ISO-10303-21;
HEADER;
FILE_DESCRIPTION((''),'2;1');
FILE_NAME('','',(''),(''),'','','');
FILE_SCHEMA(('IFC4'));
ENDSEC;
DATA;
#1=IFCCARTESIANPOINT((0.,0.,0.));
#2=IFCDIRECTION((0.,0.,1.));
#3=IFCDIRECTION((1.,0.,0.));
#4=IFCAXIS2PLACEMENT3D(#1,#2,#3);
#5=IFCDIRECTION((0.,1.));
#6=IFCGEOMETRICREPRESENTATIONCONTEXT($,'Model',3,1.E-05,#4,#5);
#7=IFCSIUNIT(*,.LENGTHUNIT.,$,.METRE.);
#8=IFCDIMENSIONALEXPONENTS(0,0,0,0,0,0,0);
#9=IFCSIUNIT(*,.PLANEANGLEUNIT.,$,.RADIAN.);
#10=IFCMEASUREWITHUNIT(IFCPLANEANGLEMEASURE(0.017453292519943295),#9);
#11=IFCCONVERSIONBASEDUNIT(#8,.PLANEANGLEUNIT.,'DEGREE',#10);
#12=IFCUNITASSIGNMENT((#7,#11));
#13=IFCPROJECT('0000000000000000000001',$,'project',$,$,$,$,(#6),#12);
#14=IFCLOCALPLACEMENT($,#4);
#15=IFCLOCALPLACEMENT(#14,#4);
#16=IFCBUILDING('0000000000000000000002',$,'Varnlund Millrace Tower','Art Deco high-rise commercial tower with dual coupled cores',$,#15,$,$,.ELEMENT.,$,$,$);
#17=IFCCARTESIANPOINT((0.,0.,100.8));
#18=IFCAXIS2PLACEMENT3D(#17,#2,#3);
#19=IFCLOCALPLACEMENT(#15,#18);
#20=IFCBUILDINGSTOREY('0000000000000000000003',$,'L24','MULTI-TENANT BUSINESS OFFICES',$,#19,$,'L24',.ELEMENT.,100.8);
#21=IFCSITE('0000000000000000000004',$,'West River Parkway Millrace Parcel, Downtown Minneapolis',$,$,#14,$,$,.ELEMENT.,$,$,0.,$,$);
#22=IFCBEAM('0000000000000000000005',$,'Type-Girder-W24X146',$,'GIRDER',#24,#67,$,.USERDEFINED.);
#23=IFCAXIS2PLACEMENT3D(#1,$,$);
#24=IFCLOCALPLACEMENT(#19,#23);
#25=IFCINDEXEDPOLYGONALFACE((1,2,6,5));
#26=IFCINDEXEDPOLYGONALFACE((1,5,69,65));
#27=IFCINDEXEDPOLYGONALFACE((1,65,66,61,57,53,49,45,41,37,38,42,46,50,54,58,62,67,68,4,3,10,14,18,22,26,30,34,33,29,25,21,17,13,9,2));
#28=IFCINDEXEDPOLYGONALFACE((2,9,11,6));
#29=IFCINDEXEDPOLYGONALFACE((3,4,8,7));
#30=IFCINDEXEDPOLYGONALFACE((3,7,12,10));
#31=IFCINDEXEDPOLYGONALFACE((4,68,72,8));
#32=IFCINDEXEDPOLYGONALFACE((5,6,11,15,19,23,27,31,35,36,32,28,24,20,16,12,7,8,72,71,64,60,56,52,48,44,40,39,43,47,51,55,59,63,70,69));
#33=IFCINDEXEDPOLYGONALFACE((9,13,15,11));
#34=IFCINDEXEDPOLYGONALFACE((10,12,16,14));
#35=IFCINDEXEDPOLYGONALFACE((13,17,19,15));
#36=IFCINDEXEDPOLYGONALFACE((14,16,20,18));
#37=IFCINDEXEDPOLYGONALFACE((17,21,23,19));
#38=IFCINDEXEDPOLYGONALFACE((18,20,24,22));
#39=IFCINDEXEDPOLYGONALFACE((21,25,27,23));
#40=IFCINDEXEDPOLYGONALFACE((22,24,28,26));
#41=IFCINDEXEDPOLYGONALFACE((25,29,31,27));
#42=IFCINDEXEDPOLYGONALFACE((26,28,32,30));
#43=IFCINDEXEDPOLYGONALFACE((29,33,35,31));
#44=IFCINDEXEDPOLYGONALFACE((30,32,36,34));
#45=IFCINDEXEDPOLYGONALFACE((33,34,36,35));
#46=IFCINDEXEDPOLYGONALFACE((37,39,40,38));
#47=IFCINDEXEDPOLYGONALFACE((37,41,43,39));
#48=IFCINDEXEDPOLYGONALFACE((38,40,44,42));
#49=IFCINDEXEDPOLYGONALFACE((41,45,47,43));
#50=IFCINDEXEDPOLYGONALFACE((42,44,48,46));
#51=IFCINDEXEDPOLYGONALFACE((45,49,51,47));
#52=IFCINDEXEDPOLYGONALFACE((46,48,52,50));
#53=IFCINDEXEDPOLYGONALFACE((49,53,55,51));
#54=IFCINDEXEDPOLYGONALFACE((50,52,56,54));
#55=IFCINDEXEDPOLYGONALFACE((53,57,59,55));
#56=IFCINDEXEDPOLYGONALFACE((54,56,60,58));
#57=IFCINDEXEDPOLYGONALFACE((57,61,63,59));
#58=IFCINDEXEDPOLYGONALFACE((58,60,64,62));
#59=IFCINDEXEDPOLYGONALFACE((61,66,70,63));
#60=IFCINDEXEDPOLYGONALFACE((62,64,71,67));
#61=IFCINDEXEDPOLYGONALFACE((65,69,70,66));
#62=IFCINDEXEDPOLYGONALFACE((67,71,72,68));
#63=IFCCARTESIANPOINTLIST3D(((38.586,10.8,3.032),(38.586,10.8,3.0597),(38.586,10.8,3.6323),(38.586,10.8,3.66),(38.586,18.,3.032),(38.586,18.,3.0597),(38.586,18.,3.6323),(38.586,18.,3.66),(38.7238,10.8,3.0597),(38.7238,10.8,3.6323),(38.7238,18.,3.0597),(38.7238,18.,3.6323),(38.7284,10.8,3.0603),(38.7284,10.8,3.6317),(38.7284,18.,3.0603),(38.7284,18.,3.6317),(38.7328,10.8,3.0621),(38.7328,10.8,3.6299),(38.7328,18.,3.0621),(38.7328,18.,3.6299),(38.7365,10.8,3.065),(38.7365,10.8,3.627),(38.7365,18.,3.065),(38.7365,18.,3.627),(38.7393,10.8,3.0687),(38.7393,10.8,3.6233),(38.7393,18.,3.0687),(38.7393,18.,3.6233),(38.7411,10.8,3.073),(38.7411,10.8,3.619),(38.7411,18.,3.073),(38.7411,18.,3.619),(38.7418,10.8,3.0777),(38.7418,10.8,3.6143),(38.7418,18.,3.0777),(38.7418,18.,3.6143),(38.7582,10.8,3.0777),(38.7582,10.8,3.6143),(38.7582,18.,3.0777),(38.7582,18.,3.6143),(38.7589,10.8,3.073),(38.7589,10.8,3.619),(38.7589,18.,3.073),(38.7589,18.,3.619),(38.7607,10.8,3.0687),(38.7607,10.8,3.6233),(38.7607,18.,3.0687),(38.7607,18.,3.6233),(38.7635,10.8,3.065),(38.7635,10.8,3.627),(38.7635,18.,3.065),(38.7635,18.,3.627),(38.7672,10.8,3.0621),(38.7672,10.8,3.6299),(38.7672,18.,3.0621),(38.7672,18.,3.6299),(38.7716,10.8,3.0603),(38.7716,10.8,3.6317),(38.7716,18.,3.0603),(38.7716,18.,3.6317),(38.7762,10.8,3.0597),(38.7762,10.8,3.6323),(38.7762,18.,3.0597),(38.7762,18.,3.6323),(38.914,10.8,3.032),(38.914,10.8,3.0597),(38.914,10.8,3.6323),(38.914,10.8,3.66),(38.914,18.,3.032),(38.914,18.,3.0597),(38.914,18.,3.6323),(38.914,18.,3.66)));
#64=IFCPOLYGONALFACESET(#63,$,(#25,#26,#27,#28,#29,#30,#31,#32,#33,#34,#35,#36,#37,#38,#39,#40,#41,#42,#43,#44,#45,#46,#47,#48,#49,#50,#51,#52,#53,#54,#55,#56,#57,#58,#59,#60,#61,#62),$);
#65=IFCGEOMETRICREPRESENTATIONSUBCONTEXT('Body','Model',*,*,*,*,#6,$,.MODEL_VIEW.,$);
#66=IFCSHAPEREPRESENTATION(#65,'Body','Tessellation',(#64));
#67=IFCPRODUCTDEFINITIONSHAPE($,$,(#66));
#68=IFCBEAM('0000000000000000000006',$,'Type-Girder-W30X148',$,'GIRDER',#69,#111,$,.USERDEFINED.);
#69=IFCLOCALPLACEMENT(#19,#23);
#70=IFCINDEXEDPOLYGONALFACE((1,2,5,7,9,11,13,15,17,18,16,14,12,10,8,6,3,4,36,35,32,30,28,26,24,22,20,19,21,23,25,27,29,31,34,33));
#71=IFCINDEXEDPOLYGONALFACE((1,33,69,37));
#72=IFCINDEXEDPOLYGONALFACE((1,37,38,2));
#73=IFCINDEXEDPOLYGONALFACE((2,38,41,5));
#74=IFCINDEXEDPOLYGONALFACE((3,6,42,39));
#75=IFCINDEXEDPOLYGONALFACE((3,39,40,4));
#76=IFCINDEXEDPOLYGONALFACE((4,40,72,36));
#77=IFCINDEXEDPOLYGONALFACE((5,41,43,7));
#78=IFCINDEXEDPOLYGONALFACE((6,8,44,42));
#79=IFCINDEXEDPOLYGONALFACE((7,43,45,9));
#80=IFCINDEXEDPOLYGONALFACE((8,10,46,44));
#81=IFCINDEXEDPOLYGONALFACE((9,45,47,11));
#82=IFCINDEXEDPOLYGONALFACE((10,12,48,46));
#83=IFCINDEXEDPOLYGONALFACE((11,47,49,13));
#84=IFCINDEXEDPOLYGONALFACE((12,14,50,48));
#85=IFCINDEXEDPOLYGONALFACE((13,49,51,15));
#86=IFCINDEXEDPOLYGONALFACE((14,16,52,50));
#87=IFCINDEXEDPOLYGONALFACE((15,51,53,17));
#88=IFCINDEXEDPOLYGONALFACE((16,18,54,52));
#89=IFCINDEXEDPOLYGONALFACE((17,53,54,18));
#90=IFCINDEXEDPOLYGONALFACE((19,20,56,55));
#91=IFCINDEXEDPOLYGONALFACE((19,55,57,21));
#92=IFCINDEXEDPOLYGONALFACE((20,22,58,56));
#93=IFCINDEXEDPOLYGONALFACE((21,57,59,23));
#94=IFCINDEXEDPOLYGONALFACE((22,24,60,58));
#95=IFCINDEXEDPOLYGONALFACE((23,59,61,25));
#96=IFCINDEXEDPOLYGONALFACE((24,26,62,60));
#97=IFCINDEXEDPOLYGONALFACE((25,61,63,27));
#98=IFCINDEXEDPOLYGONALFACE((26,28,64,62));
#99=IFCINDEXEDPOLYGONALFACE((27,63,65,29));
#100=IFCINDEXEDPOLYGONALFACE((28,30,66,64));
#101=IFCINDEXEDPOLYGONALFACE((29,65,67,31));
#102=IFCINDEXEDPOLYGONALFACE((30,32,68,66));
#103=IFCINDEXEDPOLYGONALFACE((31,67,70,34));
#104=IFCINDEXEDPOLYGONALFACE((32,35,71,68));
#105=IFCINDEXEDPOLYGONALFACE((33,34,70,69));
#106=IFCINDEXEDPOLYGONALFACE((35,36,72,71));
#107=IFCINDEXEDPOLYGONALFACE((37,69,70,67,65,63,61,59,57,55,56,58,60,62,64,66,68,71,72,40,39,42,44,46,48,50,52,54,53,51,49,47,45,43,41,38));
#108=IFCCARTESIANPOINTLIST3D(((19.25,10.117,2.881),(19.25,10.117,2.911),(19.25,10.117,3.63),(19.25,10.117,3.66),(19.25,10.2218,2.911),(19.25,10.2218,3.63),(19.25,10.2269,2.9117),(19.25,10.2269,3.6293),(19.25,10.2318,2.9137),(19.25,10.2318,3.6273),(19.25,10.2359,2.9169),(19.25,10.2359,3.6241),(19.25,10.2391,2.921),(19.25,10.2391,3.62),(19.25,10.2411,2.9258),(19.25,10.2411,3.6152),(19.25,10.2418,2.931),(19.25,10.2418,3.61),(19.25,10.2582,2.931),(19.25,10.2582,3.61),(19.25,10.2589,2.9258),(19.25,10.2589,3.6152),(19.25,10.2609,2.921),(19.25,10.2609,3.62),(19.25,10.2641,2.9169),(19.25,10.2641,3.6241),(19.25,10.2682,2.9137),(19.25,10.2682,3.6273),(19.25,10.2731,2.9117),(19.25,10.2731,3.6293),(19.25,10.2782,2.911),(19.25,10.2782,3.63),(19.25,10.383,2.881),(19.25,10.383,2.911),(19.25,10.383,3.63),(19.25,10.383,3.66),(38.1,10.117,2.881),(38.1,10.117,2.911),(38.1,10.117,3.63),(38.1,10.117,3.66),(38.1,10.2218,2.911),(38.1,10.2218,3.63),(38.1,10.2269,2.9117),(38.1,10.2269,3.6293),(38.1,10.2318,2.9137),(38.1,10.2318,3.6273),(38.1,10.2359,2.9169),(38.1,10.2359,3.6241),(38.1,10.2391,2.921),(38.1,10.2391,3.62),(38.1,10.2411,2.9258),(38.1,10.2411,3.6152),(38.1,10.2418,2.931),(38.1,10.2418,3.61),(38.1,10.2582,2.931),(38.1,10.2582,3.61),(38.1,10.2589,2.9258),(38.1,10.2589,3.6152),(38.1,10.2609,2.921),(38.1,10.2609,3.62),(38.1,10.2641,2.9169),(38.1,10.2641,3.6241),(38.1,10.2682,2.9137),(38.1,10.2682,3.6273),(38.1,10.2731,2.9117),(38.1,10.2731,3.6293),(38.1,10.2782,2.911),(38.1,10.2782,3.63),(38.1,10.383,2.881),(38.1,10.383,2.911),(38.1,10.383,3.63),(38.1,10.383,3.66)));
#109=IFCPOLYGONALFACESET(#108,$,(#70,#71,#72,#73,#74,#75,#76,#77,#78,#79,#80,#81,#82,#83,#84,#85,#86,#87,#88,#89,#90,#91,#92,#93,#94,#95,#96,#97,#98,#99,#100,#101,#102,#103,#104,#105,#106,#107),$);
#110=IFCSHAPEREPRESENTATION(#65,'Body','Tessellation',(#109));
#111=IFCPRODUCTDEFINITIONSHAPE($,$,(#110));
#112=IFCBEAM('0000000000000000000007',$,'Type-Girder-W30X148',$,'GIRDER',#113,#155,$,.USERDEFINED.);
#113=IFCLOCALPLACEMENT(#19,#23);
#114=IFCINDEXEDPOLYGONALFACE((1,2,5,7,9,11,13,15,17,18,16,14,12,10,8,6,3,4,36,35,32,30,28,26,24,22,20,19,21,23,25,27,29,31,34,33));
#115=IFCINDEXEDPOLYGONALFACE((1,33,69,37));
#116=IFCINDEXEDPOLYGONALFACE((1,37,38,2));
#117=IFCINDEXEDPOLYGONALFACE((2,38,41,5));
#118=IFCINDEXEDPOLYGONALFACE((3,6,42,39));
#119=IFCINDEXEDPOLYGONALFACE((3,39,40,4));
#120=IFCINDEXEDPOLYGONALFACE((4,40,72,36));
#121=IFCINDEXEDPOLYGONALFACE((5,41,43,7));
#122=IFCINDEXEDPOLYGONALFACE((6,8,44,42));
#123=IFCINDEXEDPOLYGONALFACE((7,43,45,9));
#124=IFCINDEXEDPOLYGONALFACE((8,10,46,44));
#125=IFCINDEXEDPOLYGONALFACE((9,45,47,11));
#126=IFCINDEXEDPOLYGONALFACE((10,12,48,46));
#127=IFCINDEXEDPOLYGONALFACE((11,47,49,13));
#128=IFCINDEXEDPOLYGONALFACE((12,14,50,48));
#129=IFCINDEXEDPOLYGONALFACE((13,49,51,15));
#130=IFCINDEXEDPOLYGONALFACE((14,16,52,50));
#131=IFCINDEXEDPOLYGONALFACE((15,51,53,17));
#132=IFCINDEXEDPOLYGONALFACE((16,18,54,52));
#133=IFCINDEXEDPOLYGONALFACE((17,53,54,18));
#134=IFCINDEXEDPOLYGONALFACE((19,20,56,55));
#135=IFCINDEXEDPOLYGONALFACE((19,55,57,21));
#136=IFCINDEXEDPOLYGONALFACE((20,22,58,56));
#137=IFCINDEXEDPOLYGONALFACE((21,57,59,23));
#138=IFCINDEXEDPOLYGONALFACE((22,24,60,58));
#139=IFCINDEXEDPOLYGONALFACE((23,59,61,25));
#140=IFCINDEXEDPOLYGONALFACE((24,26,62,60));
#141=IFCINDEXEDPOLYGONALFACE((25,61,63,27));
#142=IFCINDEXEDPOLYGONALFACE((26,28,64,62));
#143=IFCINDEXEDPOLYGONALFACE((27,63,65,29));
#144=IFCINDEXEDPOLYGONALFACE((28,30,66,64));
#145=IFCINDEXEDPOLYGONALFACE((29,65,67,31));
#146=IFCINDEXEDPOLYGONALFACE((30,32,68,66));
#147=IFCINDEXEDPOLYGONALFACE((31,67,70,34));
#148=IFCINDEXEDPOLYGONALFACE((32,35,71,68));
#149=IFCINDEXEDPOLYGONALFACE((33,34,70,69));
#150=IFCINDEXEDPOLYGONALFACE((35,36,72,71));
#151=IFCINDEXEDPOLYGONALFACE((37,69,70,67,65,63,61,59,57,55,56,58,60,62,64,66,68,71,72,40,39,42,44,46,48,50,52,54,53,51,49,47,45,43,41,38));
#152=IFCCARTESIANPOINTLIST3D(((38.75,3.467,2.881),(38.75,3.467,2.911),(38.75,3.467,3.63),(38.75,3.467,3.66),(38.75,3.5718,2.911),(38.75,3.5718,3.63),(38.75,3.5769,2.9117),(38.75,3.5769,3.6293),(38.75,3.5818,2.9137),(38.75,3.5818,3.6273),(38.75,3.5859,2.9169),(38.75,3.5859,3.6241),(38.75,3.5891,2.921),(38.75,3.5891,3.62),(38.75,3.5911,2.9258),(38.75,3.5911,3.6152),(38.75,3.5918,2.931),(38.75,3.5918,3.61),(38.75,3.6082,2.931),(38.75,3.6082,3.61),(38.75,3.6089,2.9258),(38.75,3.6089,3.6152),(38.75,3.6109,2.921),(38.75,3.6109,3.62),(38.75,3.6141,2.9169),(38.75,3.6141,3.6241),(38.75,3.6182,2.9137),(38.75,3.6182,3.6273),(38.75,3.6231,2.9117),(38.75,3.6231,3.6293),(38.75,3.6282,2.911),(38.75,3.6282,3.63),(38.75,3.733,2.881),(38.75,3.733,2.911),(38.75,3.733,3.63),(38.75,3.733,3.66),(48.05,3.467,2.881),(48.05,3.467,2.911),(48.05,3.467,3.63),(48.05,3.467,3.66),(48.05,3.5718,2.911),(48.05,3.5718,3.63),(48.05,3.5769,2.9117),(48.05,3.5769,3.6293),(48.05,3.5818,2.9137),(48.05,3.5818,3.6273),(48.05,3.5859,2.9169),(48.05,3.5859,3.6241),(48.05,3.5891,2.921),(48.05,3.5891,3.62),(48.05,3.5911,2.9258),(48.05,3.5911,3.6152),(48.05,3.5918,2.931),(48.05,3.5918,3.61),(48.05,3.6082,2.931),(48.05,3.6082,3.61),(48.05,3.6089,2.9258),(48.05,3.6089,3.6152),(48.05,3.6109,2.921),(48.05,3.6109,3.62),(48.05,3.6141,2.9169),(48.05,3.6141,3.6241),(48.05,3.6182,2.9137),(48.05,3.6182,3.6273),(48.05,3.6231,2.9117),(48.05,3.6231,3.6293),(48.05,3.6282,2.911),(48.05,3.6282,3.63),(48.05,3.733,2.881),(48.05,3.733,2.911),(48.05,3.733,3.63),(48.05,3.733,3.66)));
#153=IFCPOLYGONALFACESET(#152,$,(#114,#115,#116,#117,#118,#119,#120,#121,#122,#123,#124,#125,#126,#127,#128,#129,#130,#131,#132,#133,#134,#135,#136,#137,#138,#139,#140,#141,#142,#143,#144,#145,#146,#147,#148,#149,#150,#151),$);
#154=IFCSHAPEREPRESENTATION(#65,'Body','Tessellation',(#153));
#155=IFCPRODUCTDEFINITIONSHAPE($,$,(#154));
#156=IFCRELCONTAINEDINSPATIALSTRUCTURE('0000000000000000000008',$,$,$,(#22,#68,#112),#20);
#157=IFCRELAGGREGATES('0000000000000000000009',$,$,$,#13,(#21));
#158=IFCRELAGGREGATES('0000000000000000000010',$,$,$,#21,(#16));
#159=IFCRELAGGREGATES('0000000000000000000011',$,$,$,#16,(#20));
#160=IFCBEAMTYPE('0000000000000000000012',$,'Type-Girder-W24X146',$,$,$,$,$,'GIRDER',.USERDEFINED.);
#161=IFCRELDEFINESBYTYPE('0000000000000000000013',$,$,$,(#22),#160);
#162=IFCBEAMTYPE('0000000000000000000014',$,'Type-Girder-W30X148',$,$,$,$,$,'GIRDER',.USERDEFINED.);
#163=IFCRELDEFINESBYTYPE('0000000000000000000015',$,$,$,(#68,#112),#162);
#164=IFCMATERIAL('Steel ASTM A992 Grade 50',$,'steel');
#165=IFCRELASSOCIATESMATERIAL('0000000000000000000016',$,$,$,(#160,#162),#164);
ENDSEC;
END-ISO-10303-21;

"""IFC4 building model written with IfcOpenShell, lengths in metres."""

from ifc_helpers import new_model, entity, si_unit, converted_unit, direction, frame, origin_with_axes, origin_2d_with_axis, place, context, subcontext, project, spatial, i_section, extrude, material, material_profile, profile_set, type_object, element, save


model = new_model("IFC4")

# Units and contexts
model_context = context("Model", 3, precision=1e-05, world=origin_with_axes(), true_north=direction((0.0, 1.0)))
body_context = subcontext(model_context, "Body", "Model", "MODEL_VIEW")
ifc_project = project(units=[si_unit("LENGTHUNIT", "METRE"), converted_unit("PLANEANGLEUNIT", "DEGREE", entity("IfcPlaneAngleMeasure", 0.017453292519943295), si_unit("PLANEANGLEUNIT", "RADIAN"), dimensions=[0, 0, 0, 0, 0, 0, 0])], contexts=[model_context])

# Site, building, storey
site_placement = place(None, origin_with_axes())
site = spatial("IfcSite", under=ifc_project, at=site_placement, Name="West River Parkway Millrace Parcel, Downtown Minneapolis", CompositionType="ELEMENT", RefElevation=0.0)
building_placement = place(site_placement, origin_with_axes())
building = spatial("IfcBuilding", under=site, at=building_placement, Name="Varnlund Millrace Tower", Description="Art Deco high-rise commercial tower with dual coupled cores", CompositionType="ELEMENT")
storey_placement = place(building_placement, frame((0.0, 0.0, 100.8), z_axis=(0.0, 0.0, 1.0), x_axis=(1.0, 0.0, 0.0)))
storey = spatial("IfcBuildingStorey", under=building, at=storey_placement, Name="L24", Description="MULTI-TENANT BUSINESS OFFICES", LongName="L24", CompositionType="ELEMENT", Elevation=100.8)

# Beams
ifc_material_1 = material(Name="Steel ASTM A992 Grade 50", Category="steel")
ifc_material_profile_1 = material_profile(ifc_material_1, i_section(OverallWidth=0.328, OverallDepth=0.628, WebThickness=0.0165, FlangeThickness=0.0277, FilletRadius=0.018, at=origin_2d_with_axis()), Name="Steel ASTM A992 Grade 50")
ifc_profile_set_1 = profile_set([ifc_material_profile_1], Name="Steel ASTM A992 Grade 50")
beam_type_1 = type_object("IfcBeamType", Name="Type-Girder-W24X146", ElementType="GIRDER", PredefinedType="USERDEFINED", material=ifc_profile_set_1)
for number, where, z_axis, x_axis, name in (
    (1, (38.75, 10.8, 3.346), (0.0, 1.0, 0.0), (-1.0, 0.0, 0.0), "Type-Girder-W24X146"),
):
    element("IfcBeam", number, at=place(storey_placement, frame(where, z_axis=z_axis, x_axis=x_axis)), inside=storey, type_object=beam_type_1, Name=name, ObjectType="GIRDER", PredefinedType="USERDEFINED", context=body_context, shape_type="SweptSolid", body=[
        extrude(i_section(OverallWidth=0.328, OverallDepth=0.628, WebThickness=0.0165, FlangeThickness=0.0277, FilletRadius=0.018, at=origin_2d_with_axis()), origin_with_axes(), (0.0, 0.0, 1.0), 7.2),
    ])
ifc_material_profile_2 = material_profile(ifc_material_1, i_section(OverallWidth=0.266, OverallDepth=0.779, WebThickness=0.0165, FlangeThickness=0.03, FilletRadius=0.02, at=origin_2d_with_axis()), Name="Steel ASTM A992 Grade 50")
ifc_profile_set_2 = profile_set([ifc_material_profile_2], Name="Steel ASTM A992 Grade 50")
beam_type_2 = type_object("IfcBeamType", Name="Type-Girder-W30X148", ElementType="GIRDER", PredefinedType="USERDEFINED", material=ifc_profile_set_2)
beam_1_placement = place(storey_placement, frame((19.25, 10.25, 3.2705), z_axis=(1.0, 0.0, 0.0), x_axis=(0.0, 1.0, 0.0)))
element("IfcBeam", 2, at=beam_1_placement, inside=storey, type_object=beam_type_2, Name="Type-Girder-W30X148", ObjectType="GIRDER", PredefinedType="USERDEFINED", context=body_context, shape_type="SweptSolid", body=[
    extrude(i_section(OverallWidth=0.266, OverallDepth=0.779, WebThickness=0.0165, FlangeThickness=0.03, FilletRadius=0.02, at=origin_2d_with_axis()), origin_with_axes(), (0.0, 0.0, 1.0), 18.85),
])
beam_2_placement = place(storey_placement, frame((38.75, 3.6, 3.2705), z_axis=(1.0, 0.0, 0.0), x_axis=(0.0, 1.0, 0.0)))
element("IfcBeam", 3, at=beam_2_placement, inside=storey, type_object=beam_type_2, Name="Type-Girder-W30X148", ObjectType="GIRDER", PredefinedType="USERDEFINED", context=body_context, shape_type="SweptSolid", body=[
    extrude(i_section(OverallWidth=0.266, OverallDepth=0.779, WebThickness=0.0165, FlangeThickness=0.03, FilletRadius=0.02, at=origin_2d_with_axis()), origin_with_axes(), (0.0, 0.0, 1.0), 9.3),
])

save(model, "model.ifc")
